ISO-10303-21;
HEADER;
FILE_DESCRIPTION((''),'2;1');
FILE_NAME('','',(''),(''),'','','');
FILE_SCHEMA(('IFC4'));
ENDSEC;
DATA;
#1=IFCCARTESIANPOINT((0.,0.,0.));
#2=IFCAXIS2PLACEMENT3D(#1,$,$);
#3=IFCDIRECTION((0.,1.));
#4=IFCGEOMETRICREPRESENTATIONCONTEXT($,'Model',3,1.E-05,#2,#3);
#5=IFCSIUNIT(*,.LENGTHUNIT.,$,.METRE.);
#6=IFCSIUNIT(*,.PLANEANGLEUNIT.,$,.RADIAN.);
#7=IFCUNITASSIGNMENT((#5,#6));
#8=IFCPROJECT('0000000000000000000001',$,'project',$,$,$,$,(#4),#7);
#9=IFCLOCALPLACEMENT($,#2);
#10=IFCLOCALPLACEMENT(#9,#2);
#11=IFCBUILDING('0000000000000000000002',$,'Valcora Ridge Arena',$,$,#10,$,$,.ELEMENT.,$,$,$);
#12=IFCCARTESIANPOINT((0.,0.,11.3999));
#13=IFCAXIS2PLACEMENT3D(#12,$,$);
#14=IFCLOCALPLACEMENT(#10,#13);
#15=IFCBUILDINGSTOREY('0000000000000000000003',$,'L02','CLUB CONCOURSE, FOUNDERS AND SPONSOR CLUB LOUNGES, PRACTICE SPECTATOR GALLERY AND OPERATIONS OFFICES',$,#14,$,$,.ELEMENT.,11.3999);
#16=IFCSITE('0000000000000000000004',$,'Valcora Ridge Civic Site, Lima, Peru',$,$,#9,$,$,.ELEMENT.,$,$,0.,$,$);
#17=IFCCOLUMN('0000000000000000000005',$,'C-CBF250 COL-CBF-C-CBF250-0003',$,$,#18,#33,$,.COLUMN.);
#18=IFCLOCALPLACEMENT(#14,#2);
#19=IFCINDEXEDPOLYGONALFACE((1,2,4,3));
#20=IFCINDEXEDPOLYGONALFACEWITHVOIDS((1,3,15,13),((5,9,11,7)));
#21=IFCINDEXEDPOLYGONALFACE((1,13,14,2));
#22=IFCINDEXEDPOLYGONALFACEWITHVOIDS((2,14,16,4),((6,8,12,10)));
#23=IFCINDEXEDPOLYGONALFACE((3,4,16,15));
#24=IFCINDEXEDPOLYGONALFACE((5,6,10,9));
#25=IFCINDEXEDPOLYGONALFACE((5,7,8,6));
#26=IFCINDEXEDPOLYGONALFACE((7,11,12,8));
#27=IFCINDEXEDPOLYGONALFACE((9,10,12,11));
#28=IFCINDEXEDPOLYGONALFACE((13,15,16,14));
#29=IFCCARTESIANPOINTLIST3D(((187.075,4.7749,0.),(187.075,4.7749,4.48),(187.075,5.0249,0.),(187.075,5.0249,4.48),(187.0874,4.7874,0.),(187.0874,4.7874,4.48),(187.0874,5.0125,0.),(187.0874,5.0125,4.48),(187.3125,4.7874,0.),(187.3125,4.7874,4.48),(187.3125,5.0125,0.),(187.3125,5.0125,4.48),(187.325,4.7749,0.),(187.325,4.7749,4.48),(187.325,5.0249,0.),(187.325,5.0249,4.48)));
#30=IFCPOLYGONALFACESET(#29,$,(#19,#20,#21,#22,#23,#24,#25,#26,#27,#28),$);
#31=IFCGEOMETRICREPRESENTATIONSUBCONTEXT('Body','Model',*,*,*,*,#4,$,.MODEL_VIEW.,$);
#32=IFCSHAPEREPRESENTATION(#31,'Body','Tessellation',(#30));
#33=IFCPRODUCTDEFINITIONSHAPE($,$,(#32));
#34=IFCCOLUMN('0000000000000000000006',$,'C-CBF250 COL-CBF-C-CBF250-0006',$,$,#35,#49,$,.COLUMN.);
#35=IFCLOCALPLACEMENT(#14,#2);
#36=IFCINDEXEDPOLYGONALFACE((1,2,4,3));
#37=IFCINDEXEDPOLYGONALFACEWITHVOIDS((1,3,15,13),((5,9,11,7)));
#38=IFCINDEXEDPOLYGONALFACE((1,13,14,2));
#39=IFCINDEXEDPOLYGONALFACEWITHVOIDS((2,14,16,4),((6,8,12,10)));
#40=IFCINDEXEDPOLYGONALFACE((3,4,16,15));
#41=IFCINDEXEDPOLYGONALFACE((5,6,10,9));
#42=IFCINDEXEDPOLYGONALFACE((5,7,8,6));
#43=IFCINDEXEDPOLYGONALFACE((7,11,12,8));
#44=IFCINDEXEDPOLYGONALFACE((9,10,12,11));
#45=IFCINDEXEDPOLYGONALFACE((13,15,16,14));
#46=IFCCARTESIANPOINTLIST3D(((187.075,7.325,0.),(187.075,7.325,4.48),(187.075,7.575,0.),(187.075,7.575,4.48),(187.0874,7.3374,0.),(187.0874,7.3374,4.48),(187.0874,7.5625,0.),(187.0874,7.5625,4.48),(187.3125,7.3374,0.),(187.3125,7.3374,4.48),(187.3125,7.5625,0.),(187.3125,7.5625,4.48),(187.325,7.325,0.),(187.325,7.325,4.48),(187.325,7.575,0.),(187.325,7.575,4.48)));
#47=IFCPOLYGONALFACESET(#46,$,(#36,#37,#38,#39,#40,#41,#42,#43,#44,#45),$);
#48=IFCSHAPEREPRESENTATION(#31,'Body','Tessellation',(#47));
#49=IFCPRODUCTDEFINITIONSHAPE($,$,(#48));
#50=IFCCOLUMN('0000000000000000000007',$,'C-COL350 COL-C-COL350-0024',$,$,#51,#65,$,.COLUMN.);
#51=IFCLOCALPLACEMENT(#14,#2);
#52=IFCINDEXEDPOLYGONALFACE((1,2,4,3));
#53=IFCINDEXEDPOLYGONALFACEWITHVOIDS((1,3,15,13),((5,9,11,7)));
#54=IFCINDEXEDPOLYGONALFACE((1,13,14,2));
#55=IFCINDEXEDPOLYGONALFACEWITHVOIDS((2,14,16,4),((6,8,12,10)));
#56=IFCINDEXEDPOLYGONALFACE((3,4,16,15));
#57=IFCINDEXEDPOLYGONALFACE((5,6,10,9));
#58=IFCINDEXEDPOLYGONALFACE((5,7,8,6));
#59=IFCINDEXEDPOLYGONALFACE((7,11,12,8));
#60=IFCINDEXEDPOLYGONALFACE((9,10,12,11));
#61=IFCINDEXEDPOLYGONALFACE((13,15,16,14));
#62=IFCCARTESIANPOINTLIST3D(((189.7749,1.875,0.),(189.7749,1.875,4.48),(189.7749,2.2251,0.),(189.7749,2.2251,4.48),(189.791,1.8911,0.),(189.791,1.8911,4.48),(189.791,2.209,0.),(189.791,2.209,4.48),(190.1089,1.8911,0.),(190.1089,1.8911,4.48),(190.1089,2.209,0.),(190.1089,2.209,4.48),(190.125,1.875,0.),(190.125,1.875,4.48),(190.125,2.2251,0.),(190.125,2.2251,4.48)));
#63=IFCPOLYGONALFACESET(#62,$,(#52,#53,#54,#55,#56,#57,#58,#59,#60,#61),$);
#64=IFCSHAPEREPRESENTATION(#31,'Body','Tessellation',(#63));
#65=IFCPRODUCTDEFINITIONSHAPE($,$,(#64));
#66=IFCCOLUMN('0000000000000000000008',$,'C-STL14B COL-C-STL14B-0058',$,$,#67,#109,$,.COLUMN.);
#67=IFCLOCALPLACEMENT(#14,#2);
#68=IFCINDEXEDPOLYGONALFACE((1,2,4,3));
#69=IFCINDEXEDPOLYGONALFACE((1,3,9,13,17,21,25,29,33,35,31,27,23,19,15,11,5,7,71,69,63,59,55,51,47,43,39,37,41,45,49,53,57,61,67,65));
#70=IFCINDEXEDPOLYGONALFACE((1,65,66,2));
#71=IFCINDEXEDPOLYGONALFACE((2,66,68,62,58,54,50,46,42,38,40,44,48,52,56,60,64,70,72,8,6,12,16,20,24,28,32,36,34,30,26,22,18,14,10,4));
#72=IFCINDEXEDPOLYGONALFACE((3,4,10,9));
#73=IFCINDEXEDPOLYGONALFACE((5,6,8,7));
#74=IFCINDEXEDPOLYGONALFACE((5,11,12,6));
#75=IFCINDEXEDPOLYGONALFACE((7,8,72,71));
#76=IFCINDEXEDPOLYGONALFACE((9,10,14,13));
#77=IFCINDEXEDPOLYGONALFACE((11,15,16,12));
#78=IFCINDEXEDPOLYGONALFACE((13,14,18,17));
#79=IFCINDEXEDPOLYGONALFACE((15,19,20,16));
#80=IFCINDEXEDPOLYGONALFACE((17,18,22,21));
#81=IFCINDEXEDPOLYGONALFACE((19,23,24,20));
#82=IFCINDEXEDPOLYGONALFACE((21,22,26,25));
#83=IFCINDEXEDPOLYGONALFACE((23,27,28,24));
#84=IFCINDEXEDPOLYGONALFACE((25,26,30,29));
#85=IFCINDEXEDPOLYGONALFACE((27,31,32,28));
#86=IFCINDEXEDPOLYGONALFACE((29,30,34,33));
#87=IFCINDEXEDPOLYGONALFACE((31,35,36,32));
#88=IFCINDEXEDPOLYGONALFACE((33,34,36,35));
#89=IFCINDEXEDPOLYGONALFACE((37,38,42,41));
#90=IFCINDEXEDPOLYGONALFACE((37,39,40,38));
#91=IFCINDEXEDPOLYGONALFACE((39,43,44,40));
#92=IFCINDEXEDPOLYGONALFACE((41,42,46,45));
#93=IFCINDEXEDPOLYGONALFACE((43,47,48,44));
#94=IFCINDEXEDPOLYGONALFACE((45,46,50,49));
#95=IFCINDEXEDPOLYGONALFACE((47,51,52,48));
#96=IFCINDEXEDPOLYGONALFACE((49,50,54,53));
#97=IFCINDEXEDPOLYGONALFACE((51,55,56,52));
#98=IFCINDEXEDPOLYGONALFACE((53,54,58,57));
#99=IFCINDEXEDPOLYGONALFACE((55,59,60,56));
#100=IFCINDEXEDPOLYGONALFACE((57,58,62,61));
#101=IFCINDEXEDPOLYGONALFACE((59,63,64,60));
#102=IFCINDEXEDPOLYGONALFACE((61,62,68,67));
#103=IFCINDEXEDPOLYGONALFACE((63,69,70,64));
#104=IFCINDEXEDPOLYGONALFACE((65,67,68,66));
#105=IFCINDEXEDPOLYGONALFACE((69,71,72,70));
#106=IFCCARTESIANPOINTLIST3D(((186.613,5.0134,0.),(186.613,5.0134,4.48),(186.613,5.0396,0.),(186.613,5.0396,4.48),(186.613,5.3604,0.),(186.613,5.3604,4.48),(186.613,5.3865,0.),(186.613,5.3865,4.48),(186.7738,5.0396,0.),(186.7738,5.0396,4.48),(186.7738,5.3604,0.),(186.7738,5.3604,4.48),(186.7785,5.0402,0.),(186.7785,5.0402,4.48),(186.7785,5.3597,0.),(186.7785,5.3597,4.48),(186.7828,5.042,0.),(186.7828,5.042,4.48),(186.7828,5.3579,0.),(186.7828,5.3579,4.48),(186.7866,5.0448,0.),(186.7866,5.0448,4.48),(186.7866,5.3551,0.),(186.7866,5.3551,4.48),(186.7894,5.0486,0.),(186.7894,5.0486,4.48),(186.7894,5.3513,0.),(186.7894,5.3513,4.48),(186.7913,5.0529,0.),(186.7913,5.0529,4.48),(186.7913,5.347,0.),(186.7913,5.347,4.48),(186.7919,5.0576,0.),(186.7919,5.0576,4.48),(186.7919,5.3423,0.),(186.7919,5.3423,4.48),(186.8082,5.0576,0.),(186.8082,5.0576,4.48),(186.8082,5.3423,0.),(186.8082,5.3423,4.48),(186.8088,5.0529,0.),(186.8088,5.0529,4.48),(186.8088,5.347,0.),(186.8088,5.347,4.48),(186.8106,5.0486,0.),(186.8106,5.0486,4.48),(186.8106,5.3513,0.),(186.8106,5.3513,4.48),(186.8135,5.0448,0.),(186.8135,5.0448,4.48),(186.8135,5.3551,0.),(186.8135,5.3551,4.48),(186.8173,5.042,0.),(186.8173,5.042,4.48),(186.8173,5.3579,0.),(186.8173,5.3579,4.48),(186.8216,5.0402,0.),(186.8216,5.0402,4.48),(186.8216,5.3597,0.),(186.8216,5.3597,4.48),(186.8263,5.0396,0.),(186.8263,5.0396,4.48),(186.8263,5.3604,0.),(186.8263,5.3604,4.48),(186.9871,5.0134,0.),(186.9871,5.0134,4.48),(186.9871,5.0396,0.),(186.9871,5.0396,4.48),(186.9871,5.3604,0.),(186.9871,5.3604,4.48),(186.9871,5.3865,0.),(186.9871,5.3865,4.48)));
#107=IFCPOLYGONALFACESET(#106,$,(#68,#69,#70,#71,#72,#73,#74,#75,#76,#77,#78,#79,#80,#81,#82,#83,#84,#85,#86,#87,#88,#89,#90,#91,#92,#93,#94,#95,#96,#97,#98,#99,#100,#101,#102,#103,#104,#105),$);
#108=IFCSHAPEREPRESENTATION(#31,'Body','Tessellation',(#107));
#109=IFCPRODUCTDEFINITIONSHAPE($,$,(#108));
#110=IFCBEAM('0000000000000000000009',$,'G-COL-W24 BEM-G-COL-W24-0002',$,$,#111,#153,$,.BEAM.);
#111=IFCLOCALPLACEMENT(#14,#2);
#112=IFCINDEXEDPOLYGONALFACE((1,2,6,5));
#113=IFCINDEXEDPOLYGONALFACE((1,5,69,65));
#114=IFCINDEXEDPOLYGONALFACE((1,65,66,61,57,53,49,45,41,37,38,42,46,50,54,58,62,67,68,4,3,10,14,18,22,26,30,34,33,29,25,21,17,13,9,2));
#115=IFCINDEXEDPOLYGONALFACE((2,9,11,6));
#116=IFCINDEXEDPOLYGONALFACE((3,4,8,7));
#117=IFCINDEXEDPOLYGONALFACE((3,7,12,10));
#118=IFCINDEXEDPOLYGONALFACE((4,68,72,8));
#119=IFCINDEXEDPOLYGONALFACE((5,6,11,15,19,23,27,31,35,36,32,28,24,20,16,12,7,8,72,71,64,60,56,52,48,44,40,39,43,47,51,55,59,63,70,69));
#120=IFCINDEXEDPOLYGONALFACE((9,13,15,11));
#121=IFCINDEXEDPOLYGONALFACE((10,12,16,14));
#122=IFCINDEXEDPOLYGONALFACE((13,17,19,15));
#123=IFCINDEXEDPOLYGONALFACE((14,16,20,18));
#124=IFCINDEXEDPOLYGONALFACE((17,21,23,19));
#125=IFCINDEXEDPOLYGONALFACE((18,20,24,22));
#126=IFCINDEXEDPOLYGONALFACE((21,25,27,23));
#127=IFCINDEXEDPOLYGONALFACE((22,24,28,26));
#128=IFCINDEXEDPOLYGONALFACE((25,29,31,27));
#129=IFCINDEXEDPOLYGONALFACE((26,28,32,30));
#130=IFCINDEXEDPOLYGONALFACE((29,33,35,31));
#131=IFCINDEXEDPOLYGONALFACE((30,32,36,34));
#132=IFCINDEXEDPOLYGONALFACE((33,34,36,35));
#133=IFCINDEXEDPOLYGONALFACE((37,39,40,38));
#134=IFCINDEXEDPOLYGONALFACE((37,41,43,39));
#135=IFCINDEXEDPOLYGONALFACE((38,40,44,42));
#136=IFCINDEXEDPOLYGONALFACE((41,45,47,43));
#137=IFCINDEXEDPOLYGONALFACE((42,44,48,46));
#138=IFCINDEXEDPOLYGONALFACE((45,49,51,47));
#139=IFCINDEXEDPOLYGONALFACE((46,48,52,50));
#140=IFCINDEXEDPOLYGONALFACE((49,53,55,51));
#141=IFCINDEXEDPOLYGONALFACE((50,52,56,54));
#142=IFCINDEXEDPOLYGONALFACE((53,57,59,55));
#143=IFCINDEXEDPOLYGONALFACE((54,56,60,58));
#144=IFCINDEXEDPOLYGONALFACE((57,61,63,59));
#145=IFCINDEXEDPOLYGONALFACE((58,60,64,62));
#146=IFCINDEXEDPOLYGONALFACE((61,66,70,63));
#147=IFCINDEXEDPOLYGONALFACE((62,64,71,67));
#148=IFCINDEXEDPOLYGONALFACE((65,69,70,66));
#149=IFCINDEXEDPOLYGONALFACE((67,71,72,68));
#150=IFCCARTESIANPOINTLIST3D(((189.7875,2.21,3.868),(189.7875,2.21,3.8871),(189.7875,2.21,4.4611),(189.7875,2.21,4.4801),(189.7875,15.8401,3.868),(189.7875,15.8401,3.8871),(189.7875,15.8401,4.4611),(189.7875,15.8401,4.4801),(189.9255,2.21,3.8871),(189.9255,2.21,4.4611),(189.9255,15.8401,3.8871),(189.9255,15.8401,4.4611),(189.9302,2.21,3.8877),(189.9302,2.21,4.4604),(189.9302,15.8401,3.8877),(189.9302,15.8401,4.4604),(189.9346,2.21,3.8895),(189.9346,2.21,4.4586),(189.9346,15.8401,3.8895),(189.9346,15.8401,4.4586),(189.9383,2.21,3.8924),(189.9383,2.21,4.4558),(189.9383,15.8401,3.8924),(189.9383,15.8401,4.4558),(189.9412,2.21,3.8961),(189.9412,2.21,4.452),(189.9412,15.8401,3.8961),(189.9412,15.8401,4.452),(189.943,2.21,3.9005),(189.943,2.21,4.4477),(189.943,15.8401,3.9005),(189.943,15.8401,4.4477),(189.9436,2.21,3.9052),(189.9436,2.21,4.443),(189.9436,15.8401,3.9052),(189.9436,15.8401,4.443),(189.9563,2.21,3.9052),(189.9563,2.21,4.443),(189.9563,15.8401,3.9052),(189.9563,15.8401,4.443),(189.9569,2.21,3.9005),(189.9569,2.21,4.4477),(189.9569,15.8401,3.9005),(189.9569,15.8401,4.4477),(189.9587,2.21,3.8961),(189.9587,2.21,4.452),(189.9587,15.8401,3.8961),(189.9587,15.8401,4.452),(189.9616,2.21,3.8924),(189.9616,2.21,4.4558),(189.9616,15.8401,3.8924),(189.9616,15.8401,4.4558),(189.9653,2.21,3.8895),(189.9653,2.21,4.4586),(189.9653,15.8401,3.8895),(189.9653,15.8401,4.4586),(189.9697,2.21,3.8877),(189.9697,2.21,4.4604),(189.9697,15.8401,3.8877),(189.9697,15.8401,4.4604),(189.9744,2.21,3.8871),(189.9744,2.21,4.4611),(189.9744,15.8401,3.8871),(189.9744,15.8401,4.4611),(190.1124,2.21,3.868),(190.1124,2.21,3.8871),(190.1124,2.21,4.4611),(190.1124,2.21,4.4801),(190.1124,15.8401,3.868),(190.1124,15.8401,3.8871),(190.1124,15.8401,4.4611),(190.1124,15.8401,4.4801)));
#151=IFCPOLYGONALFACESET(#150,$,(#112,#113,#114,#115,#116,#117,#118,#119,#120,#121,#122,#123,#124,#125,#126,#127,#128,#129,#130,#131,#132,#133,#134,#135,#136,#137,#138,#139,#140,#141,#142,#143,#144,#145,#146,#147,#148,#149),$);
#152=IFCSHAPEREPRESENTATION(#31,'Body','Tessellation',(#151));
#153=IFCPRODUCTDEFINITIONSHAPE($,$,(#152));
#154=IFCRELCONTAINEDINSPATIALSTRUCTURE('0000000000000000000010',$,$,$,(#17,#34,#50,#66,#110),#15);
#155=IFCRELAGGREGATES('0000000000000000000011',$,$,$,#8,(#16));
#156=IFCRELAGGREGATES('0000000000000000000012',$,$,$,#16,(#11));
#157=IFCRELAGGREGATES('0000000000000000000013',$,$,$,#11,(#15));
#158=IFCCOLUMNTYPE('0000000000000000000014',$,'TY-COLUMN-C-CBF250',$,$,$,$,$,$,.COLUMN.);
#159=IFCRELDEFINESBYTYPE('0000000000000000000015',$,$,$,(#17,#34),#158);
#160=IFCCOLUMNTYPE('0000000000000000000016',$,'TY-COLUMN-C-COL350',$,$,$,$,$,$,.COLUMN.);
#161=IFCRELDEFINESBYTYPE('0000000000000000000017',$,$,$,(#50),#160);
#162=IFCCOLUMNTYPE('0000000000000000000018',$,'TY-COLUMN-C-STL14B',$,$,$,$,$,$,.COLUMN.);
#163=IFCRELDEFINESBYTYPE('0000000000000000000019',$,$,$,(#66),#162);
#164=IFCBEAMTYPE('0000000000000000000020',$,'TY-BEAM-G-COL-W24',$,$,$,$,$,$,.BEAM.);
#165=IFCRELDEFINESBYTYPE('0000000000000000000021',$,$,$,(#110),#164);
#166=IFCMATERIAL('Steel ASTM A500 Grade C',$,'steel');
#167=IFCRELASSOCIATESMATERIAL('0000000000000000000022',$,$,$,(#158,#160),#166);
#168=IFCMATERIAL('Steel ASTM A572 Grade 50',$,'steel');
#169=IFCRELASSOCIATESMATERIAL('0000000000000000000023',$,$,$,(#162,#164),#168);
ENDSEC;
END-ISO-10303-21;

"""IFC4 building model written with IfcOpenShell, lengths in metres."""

from ifc_helpers import new_model, si_unit, direction, frame, origin, origin_2d, place, context, subcontext, project, spatial, hollow_rectangle, i_section, extrude, material, material_profile, profile_set, type_object, element, save


model = new_model("IFC4")

# Units and contexts
model_context = context("Model", 3, precision=1e-05, world=origin(), true_north=direction((0.0, 1.0)))
body_context = subcontext(model_context, "Body", "Model", "MODEL_VIEW")
ifc_project = project(units=[si_unit("LENGTHUNIT", "METRE"), si_unit("PLANEANGLEUNIT", "RADIAN")], contexts=[model_context])

# Site, building, storey
site_placement = place(None, origin())
site = spatial("IfcSite", under=ifc_project, at=site_placement, Name="Valcora Ridge Civic Site, Lima, Peru", CompositionType="ELEMENT", RefElevation=0.0)
building_placement = place(site_placement, origin())
building = spatial("IfcBuilding", under=site, at=building_placement, Name="Valcora Ridge Arena", CompositionType="ELEMENT")
storey_placement = place(building_placement, frame((0.0, 0.0, 11.3999)))
storey = spatial("IfcBuildingStorey", under=building, at=storey_placement, Name="L02", Description="CLUB CONCOURSE, FOUNDERS AND SPONSOR CLUB LOUNGES, PRACTICE SPECTATOR GALLERY AND OPERATIONS OFFICES", CompositionType="ELEMENT", Elevation=11.3999)

# Columns
ifc_material_1 = material(Name="Steel ASTM A500 Grade C", Category="steel")
ifc_material_profile_1 = material_profile(ifc_material_1, hollow_rectangle(XDim=0.25, YDim=0.25, WallThickness=0.0125, at=origin_2d()), Name="HSS250X250X12")
ifc_profile_set_1 = profile_set([ifc_material_profile_1], Name="Steel ASTM A500 Grade C")
column_type_1 = type_object("IfcColumnType", Name="TY-COLUMN-C-CBF250", PredefinedType="COLUMN", material=ifc_profile_set_1)
for number, where, z_axis, x_axis, name in (
    (1, (187.2, 4.8999, 0.0), (0.0, 0.0, 1.0), (1.0, 0.0, 0.0), "C-CBF250 COL-CBF-C-CBF250-0003"),
    (2, (187.2, 7.45, 0.0), (0.0, 0.0, 1.0), (1.0, 0.0, 0.0), "C-CBF250 COL-CBF-C-CBF250-0006"),
):
    element("IfcColumn", number, at=place(storey_placement, frame(where, z_axis=z_axis, x_axis=x_axis)), inside=storey, type_object=column_type_1, Name=name, PredefinedType="COLUMN", context=body_context, shape_type="SweptSolid", body=[
        extrude(hollow_rectangle(XDim=0.25, YDim=0.25, WallThickness=0.0125, at=origin_2d()), origin(), (0.0, 0.0, 1.0), 4.48),
    ])
ifc_material_profile_2 = material_profile(ifc_material_1, hollow_rectangle(XDim=0.3501, YDim=0.3501, WallThickness=0.0161, at=origin_2d()), Name="HSS350X350X16")
ifc_profile_set_2 = profile_set([ifc_material_profile_2], Name="Steel ASTM A500 Grade C")
column_type_2 = type_object("IfcColumnType", Name="TY-COLUMN-C-COL350", PredefinedType="COLUMN", material=ifc_profile_set_2)
column_1_placement = place(storey_placement, frame((189.95, 2.05, 0.0), z_axis=(0.0, 0.0, 1.0), x_axis=(1.0, 0.0, 0.0)))
element("IfcColumn", 3, at=column_1_placement, inside=storey, type_object=column_type_2, Name="C-COL350 COL-C-COL350-0024", PredefinedType="COLUMN", context=body_context, shape_type="SweptSolid", body=[
    extrude(hollow_rectangle(XDim=0.3501, YDim=0.3501, WallThickness=0.0161, at=origin_2d()), origin(), (0.0, 0.0, 1.0), 4.48),
])
ifc_material_2 = material(Name="Steel ASTM A572 Grade 50", Category="steel")
ifc_material_profile_3 = material_profile(ifc_material_2, i_section(OverallWidth=0.374, OverallDepth=0.373, WebThickness=0.0164, FlangeThickness=0.0261, FilletRadius=0.0181, at=origin_2d()), Name="W14X132")
ifc_profile_set_3 = profile_set([ifc_material_profile_3], Name="Steel ASTM A572 Grade 50")
column_type_3 = type_object("IfcColumnType", Name="TY-COLUMN-C-STL14B", PredefinedType="COLUMN", material=ifc_profile_set_3)
column_2_placement = place(storey_placement, frame((186.8, 5.2, 0.0), z_axis=(0.0, 0.0, 1.0), x_axis=(1.0, 0.0, 0.0)))
element("IfcColumn", 4, at=column_2_placement, inside=storey, type_object=column_type_3, Name="C-STL14B COL-C-STL14B-0058", PredefinedType="COLUMN", context=body_context, shape_type="SweptSolid", body=[
    extrude(i_section(OverallWidth=0.374, OverallDepth=0.373, WebThickness=0.0164, FlangeThickness=0.0261, FilletRadius=0.0181, at=origin_2d()), origin(), (0.0, 0.0, 1.0), 4.48),
])

# Beam
ifc_material_profile_4 = material_profile(ifc_material_2, i_section(OverallWidth=0.325, OverallDepth=0.6121, WebThickness=0.0127, FlangeThickness=0.019, FilletRadius=0.0181, at=origin_2d()), Name="W24X104")
ifc_profile_set_4 = profile_set([ifc_material_profile_4], Name="Steel ASTM A572 Grade 50")
beam_type_1 = type_object("IfcBeamType", Name="TY-BEAM-G-COL-W24", PredefinedType="BEAM", material=ifc_profile_set_4)
beam_1_placement = place(storey_placement, frame((189.95, 2.21, 4.1741), z_axis=(0.0, 1.0, 0.0), x_axis=(-1.0, 0.0, 0.0)))
element("IfcBeam", 5, at=beam_1_placement, inside=storey, type_object=beam_type_1, Name="G-COL-W24 BEM-G-COL-W24-0002", PredefinedType="BEAM", context=body_context, shape_type="SweptSolid", body=[
    extrude(i_section(OverallWidth=0.325, OverallDepth=0.6121, WebThickness=0.0127, FlangeThickness=0.019, FilletRadius=0.0181, at=origin_2d()), origin(), (0.0, 0.0, 1.0), 13.6301),
])

save(model, "model.ifc")
